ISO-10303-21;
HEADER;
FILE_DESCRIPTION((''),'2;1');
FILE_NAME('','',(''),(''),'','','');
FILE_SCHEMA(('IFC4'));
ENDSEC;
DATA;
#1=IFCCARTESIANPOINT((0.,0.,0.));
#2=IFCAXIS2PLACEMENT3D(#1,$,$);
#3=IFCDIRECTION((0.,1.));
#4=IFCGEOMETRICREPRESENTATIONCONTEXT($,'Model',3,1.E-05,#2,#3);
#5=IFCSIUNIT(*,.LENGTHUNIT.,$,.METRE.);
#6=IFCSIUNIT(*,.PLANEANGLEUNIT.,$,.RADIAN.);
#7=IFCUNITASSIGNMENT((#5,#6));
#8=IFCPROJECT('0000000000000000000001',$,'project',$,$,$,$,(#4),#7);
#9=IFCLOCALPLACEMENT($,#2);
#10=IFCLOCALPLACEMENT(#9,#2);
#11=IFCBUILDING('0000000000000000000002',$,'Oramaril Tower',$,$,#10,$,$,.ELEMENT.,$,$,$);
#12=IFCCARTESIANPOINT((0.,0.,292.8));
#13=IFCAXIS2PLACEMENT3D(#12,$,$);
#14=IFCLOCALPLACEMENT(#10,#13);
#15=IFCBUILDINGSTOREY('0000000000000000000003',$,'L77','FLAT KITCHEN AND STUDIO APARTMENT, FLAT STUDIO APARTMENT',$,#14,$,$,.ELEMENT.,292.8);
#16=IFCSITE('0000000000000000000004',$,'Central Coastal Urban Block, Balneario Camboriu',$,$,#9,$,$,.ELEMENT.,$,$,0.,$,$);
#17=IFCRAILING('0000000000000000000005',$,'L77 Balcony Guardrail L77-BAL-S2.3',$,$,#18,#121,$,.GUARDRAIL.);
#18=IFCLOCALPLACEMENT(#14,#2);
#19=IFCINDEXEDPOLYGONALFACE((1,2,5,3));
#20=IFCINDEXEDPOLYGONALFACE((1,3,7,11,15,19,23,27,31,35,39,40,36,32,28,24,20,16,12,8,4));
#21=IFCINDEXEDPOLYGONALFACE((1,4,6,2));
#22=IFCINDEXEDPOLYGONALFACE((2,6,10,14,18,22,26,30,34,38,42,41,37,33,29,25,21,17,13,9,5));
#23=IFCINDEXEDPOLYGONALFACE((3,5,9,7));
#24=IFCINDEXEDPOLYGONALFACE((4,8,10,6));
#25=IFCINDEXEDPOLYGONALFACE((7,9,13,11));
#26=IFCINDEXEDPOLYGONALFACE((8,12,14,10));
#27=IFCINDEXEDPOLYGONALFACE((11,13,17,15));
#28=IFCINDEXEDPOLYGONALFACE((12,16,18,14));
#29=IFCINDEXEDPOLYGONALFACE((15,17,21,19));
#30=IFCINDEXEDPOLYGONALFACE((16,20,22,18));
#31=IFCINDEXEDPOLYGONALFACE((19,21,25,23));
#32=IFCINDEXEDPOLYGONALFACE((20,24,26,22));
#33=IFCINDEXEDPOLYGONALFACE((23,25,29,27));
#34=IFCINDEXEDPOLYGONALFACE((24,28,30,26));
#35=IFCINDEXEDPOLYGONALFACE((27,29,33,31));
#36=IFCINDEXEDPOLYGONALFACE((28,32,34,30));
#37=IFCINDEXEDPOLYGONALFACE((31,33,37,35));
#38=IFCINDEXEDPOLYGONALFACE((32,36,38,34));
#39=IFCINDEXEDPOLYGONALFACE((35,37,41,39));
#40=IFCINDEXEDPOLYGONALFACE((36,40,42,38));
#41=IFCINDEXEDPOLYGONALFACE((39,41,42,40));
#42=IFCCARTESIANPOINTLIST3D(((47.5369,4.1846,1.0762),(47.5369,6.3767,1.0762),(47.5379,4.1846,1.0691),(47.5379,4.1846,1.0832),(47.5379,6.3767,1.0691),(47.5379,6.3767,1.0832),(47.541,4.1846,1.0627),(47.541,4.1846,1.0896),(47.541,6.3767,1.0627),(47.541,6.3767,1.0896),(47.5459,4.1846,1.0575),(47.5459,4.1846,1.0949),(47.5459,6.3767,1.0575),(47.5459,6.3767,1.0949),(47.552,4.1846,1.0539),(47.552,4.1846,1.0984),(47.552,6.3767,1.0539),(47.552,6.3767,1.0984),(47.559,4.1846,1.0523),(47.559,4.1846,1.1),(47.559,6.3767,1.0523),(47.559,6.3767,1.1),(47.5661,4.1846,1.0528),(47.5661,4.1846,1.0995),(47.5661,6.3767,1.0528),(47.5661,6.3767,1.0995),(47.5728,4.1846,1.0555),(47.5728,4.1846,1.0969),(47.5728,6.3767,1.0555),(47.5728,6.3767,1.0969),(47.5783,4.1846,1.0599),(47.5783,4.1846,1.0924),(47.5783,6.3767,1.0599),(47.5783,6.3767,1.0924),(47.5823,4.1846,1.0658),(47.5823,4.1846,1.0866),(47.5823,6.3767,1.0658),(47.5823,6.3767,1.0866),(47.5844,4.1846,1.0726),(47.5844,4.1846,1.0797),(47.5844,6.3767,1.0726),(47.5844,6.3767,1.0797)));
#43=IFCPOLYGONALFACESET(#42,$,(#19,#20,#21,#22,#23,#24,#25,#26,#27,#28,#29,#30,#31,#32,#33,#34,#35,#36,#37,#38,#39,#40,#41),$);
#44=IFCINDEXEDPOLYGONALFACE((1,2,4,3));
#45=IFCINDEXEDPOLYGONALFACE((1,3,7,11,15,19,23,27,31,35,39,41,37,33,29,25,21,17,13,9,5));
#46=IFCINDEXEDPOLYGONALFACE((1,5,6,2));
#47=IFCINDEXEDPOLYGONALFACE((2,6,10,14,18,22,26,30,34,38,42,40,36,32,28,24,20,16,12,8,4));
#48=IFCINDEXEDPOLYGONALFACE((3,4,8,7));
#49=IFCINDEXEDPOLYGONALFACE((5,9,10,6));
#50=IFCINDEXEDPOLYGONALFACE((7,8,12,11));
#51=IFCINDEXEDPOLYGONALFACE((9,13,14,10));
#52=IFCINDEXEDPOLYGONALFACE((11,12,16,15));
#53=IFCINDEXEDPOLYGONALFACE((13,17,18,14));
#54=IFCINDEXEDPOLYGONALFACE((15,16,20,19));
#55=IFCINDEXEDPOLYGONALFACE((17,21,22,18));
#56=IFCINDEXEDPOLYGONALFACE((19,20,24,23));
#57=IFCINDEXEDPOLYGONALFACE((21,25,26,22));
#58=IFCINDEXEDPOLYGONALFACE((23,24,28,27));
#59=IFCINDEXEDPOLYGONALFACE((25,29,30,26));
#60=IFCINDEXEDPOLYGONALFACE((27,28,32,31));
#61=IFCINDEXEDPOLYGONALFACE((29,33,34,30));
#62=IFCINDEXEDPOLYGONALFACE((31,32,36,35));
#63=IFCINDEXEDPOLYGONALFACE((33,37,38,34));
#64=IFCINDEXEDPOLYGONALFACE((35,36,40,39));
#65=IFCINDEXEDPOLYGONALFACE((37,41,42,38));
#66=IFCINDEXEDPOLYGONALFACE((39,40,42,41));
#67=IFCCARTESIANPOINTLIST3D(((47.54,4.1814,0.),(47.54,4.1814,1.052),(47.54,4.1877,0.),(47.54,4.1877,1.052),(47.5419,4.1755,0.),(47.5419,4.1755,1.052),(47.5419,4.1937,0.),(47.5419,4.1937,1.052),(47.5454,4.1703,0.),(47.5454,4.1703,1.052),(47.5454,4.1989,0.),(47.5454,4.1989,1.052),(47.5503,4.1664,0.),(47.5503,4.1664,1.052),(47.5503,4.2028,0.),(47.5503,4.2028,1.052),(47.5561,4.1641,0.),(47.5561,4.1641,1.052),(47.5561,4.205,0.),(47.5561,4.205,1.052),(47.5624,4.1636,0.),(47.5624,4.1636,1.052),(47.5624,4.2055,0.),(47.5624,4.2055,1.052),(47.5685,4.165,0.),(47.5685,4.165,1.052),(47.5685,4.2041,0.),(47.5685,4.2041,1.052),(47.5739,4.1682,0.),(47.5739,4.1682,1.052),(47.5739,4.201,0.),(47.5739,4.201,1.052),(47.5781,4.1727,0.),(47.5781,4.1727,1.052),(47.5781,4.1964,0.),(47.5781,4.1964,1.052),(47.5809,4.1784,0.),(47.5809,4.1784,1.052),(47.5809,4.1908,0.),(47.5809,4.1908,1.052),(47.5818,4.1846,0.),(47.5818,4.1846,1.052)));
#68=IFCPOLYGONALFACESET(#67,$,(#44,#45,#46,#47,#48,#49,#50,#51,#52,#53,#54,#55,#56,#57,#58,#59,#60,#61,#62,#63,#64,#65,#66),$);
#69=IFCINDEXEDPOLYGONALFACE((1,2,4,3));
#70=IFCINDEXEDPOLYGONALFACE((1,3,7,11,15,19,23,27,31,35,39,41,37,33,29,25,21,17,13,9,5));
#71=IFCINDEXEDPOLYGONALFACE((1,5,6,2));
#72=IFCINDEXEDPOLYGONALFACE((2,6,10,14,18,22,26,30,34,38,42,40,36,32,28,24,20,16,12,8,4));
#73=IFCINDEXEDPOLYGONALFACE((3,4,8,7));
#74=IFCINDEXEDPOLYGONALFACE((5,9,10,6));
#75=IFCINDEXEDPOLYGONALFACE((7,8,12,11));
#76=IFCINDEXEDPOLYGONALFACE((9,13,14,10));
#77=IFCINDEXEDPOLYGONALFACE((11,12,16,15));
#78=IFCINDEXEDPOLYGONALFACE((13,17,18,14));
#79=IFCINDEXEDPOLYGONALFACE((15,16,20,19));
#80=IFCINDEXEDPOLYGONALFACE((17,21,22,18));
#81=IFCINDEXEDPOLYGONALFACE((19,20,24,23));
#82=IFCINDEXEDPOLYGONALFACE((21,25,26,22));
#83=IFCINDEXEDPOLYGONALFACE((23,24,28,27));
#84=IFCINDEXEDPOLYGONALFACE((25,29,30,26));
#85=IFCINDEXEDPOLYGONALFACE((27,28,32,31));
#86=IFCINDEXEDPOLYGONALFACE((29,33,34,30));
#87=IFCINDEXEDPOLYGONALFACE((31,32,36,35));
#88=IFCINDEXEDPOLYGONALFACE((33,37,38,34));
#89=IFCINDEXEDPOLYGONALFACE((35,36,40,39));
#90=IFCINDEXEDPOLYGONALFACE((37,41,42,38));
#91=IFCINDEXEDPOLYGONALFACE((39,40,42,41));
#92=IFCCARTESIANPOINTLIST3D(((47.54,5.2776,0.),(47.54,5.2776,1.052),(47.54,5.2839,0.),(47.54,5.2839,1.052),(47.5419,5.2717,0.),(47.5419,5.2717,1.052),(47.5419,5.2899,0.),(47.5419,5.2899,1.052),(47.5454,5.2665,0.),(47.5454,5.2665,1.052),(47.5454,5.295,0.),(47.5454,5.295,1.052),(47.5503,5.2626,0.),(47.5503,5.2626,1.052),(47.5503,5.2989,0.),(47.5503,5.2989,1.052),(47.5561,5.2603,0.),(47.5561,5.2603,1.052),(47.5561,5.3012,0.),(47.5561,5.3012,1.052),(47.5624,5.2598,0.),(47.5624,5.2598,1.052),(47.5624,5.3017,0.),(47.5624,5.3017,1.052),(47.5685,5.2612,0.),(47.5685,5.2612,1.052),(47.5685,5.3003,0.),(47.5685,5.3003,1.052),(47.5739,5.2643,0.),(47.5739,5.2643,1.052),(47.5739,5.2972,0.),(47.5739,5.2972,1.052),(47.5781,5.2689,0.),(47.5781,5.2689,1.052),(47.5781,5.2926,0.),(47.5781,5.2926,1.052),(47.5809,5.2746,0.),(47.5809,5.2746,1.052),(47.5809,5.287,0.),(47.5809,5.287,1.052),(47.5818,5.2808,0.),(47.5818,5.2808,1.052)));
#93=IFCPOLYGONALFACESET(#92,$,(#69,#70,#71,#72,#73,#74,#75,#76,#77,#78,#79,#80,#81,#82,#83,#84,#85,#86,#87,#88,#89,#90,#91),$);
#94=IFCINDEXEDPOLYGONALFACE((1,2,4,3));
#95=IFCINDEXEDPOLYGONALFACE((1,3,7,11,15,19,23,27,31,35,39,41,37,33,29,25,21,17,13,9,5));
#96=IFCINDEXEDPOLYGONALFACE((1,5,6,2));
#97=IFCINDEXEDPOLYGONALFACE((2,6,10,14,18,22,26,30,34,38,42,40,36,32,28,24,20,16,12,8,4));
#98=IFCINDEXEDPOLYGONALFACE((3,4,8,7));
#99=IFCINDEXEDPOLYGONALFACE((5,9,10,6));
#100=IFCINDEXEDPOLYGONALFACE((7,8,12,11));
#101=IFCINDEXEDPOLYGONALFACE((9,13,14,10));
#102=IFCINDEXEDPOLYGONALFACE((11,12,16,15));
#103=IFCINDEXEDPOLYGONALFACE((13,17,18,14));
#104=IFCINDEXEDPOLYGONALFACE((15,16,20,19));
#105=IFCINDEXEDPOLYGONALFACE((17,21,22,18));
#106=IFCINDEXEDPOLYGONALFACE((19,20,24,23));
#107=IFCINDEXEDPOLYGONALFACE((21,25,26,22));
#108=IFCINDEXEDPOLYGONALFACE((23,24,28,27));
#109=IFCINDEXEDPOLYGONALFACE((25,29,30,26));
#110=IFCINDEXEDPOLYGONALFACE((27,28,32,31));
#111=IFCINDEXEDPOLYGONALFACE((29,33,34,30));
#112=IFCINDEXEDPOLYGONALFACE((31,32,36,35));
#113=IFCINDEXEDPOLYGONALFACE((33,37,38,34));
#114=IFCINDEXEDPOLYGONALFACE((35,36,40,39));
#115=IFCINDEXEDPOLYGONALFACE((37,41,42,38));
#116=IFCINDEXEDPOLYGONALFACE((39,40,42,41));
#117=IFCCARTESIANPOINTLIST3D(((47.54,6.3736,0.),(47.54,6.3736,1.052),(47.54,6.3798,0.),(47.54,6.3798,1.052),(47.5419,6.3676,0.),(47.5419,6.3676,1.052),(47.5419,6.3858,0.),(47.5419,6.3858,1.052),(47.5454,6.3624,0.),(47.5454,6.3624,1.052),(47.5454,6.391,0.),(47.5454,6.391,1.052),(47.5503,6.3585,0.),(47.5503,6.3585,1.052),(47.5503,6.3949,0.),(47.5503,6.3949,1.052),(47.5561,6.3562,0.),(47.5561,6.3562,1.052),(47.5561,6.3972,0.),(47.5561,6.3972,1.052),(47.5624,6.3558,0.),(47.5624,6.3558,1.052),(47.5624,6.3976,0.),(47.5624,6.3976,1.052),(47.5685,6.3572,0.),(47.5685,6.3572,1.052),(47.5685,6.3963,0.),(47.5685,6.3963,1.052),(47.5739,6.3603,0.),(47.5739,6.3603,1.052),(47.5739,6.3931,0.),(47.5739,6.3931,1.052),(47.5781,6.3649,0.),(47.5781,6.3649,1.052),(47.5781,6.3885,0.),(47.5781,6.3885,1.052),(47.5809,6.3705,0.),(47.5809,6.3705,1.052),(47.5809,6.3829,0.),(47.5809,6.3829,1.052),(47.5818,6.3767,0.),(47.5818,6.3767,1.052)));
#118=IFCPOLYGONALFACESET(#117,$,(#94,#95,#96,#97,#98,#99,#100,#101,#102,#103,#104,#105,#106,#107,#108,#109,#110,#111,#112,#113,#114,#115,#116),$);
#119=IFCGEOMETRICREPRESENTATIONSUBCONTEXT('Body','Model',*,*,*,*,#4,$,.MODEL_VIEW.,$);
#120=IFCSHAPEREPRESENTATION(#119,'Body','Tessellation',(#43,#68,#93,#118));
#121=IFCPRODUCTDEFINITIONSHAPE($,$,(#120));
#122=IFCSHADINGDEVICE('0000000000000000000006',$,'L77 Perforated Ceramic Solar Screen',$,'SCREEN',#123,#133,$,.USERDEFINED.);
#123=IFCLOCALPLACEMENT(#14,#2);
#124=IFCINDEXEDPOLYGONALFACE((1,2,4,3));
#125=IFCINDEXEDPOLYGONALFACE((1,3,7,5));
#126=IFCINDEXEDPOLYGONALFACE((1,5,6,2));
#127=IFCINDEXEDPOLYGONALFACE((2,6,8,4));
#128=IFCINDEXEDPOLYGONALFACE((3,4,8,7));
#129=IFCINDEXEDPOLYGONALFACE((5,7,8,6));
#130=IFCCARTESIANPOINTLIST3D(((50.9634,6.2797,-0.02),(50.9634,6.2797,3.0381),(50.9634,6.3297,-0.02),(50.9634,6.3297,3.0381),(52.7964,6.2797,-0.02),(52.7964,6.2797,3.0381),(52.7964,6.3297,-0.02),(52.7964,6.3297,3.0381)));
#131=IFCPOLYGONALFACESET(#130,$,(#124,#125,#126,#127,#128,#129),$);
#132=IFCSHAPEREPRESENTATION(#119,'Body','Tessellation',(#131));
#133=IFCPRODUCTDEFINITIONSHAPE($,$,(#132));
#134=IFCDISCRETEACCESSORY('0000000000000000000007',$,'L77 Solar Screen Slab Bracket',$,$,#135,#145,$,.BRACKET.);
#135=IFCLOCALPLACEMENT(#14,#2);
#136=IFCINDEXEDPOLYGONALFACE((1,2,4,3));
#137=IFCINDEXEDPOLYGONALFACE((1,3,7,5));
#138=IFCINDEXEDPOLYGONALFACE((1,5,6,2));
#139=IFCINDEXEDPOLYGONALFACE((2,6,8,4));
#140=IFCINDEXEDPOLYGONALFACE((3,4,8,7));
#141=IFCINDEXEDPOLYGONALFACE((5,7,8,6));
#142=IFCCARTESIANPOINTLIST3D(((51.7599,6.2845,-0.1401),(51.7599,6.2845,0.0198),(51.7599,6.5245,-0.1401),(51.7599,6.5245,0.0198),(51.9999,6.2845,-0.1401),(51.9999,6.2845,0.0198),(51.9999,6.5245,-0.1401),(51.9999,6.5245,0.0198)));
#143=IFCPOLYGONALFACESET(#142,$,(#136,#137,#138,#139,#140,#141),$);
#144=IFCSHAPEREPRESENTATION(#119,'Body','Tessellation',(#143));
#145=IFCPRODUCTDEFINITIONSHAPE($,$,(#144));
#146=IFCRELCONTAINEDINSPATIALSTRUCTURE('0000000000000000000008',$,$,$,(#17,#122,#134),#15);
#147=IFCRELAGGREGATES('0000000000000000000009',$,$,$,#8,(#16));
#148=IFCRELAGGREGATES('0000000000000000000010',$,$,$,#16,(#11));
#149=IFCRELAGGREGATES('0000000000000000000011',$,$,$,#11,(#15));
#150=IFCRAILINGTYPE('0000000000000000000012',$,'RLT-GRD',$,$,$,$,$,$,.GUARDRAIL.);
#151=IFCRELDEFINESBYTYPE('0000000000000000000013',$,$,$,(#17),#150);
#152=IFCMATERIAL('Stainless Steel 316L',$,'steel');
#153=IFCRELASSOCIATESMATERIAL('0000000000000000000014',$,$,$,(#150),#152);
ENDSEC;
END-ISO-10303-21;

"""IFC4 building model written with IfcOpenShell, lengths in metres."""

from ifc_helpers import new_model, si_unit, direction, frame, origin, origin_2d, place, context, subcontext, project, spatial, rectangle, circle, extrude, material, type_object, element, save


model = new_model("IFC4")

# Units and contexts
model_context = context("Model", 3, precision=1e-05, world=origin(), true_north=direction((0.0, 1.0)))
body_context = subcontext(model_context, "Body", "Model", "MODEL_VIEW")
ifc_project = project(units=[si_unit("LENGTHUNIT", "METRE"), si_unit("PLANEANGLEUNIT", "RADIAN")], contexts=[model_context])

# Site, building, storey
site_placement = place(None, origin())
site = spatial("IfcSite", under=ifc_project, at=site_placement, Name="Central Coastal Urban Block, Balneario Camboriu", CompositionType="ELEMENT", RefElevation=0.0)
building_placement = place(site_placement, origin())
building = spatial("IfcBuilding", under=site, at=building_placement, Name="Oramaril Tower", CompositionType="ELEMENT")
storey_placement = place(building_placement, frame((0.0, 0.0, 292.8)))
storey = spatial("IfcBuildingStorey", under=building, at=storey_placement, Name="L77", Description="FLAT KITCHEN AND STUDIO APARTMENT, FLAT STUDIO APARTMENT", CompositionType="ELEMENT", Elevation=292.8)

# Railing
ifc_material_1 = material(Name="Stainless Steel 316L", Category="steel")
railing_type = type_object("IfcRailingType", Name="RLT-GRD", PredefinedType="GUARDRAIL", material=ifc_material_1)
railing_1_placement = place(storey_placement, frame((47.5608, 4.1846, 0.0)))
element("IfcRailing", 1, at=railing_1_placement, inside=storey, type_object=railing_type, Name="L77 Balcony Guardrail L77-BAL-S2.3", PredefinedType="GUARDRAIL", context=body_context, shape_type="SweptSolid", body=[
    extrude(circle(Radius=0.0239, at=origin_2d()), frame((0.0, 0.0, 1.0762), z_axis=(0.0, 1.0, 0.0), x_axis=(-1.0, 0.0, 0.0)), (0.0, 0.0, 1.0), 2.1921),
    extrude(circle(Radius=0.021, at=origin_2d()), origin(), (0.0, 0.0, 1.0), 1.052),
    extrude(circle(Radius=0.021, at=origin_2d()), frame((0.0, 1.0962, 0.0)), (0.0, 0.0, 1.0), 1.052),
    extrude(circle(Radius=0.021, at=origin_2d()), frame((0.0, 2.1921, 0.0)), (0.0, 0.0, 1.0), 1.052),
])

# Shading device
shading_device_placement = place(storey_placement, frame((51.8799, 6.3047, -0.02), z_axis=(0.0, 0.0, 1.0), x_axis=(1.0, 0.0, 0.0)))
element("IfcShadingDevice", 2, at=shading_device_placement, inside=storey, Name="L77 Perforated Ceramic Solar Screen", ObjectType="SCREEN", PredefinedType="USERDEFINED", context=body_context, shape_type="SweptSolid", body=[
    extrude(rectangle(XDim=1.833, YDim=0.05, at=origin_2d()), origin(), (0.0, 0.0, 1.0), 3.0581),
])

# Discrete accessory
discrete_accessory_placement = place(storey_placement, frame((51.8799, 6.4045, -0.1401), z_axis=(0.0, 0.0, 1.0), x_axis=(1.0, 0.0, 0.0)))
element("IfcDiscreteAccessory", 3, at=discrete_accessory_placement, inside=storey, Name="L77 Solar Screen Slab Bracket", PredefinedType="BRACKET", context=body_context, shape_type="SweptSolid", body=[
    extrude(rectangle(XDim=0.24, YDim=0.24, at=origin_2d()), origin(), (0.0, 0.0, 1.0), 0.1599),
])

save(model, "model.ifc")
